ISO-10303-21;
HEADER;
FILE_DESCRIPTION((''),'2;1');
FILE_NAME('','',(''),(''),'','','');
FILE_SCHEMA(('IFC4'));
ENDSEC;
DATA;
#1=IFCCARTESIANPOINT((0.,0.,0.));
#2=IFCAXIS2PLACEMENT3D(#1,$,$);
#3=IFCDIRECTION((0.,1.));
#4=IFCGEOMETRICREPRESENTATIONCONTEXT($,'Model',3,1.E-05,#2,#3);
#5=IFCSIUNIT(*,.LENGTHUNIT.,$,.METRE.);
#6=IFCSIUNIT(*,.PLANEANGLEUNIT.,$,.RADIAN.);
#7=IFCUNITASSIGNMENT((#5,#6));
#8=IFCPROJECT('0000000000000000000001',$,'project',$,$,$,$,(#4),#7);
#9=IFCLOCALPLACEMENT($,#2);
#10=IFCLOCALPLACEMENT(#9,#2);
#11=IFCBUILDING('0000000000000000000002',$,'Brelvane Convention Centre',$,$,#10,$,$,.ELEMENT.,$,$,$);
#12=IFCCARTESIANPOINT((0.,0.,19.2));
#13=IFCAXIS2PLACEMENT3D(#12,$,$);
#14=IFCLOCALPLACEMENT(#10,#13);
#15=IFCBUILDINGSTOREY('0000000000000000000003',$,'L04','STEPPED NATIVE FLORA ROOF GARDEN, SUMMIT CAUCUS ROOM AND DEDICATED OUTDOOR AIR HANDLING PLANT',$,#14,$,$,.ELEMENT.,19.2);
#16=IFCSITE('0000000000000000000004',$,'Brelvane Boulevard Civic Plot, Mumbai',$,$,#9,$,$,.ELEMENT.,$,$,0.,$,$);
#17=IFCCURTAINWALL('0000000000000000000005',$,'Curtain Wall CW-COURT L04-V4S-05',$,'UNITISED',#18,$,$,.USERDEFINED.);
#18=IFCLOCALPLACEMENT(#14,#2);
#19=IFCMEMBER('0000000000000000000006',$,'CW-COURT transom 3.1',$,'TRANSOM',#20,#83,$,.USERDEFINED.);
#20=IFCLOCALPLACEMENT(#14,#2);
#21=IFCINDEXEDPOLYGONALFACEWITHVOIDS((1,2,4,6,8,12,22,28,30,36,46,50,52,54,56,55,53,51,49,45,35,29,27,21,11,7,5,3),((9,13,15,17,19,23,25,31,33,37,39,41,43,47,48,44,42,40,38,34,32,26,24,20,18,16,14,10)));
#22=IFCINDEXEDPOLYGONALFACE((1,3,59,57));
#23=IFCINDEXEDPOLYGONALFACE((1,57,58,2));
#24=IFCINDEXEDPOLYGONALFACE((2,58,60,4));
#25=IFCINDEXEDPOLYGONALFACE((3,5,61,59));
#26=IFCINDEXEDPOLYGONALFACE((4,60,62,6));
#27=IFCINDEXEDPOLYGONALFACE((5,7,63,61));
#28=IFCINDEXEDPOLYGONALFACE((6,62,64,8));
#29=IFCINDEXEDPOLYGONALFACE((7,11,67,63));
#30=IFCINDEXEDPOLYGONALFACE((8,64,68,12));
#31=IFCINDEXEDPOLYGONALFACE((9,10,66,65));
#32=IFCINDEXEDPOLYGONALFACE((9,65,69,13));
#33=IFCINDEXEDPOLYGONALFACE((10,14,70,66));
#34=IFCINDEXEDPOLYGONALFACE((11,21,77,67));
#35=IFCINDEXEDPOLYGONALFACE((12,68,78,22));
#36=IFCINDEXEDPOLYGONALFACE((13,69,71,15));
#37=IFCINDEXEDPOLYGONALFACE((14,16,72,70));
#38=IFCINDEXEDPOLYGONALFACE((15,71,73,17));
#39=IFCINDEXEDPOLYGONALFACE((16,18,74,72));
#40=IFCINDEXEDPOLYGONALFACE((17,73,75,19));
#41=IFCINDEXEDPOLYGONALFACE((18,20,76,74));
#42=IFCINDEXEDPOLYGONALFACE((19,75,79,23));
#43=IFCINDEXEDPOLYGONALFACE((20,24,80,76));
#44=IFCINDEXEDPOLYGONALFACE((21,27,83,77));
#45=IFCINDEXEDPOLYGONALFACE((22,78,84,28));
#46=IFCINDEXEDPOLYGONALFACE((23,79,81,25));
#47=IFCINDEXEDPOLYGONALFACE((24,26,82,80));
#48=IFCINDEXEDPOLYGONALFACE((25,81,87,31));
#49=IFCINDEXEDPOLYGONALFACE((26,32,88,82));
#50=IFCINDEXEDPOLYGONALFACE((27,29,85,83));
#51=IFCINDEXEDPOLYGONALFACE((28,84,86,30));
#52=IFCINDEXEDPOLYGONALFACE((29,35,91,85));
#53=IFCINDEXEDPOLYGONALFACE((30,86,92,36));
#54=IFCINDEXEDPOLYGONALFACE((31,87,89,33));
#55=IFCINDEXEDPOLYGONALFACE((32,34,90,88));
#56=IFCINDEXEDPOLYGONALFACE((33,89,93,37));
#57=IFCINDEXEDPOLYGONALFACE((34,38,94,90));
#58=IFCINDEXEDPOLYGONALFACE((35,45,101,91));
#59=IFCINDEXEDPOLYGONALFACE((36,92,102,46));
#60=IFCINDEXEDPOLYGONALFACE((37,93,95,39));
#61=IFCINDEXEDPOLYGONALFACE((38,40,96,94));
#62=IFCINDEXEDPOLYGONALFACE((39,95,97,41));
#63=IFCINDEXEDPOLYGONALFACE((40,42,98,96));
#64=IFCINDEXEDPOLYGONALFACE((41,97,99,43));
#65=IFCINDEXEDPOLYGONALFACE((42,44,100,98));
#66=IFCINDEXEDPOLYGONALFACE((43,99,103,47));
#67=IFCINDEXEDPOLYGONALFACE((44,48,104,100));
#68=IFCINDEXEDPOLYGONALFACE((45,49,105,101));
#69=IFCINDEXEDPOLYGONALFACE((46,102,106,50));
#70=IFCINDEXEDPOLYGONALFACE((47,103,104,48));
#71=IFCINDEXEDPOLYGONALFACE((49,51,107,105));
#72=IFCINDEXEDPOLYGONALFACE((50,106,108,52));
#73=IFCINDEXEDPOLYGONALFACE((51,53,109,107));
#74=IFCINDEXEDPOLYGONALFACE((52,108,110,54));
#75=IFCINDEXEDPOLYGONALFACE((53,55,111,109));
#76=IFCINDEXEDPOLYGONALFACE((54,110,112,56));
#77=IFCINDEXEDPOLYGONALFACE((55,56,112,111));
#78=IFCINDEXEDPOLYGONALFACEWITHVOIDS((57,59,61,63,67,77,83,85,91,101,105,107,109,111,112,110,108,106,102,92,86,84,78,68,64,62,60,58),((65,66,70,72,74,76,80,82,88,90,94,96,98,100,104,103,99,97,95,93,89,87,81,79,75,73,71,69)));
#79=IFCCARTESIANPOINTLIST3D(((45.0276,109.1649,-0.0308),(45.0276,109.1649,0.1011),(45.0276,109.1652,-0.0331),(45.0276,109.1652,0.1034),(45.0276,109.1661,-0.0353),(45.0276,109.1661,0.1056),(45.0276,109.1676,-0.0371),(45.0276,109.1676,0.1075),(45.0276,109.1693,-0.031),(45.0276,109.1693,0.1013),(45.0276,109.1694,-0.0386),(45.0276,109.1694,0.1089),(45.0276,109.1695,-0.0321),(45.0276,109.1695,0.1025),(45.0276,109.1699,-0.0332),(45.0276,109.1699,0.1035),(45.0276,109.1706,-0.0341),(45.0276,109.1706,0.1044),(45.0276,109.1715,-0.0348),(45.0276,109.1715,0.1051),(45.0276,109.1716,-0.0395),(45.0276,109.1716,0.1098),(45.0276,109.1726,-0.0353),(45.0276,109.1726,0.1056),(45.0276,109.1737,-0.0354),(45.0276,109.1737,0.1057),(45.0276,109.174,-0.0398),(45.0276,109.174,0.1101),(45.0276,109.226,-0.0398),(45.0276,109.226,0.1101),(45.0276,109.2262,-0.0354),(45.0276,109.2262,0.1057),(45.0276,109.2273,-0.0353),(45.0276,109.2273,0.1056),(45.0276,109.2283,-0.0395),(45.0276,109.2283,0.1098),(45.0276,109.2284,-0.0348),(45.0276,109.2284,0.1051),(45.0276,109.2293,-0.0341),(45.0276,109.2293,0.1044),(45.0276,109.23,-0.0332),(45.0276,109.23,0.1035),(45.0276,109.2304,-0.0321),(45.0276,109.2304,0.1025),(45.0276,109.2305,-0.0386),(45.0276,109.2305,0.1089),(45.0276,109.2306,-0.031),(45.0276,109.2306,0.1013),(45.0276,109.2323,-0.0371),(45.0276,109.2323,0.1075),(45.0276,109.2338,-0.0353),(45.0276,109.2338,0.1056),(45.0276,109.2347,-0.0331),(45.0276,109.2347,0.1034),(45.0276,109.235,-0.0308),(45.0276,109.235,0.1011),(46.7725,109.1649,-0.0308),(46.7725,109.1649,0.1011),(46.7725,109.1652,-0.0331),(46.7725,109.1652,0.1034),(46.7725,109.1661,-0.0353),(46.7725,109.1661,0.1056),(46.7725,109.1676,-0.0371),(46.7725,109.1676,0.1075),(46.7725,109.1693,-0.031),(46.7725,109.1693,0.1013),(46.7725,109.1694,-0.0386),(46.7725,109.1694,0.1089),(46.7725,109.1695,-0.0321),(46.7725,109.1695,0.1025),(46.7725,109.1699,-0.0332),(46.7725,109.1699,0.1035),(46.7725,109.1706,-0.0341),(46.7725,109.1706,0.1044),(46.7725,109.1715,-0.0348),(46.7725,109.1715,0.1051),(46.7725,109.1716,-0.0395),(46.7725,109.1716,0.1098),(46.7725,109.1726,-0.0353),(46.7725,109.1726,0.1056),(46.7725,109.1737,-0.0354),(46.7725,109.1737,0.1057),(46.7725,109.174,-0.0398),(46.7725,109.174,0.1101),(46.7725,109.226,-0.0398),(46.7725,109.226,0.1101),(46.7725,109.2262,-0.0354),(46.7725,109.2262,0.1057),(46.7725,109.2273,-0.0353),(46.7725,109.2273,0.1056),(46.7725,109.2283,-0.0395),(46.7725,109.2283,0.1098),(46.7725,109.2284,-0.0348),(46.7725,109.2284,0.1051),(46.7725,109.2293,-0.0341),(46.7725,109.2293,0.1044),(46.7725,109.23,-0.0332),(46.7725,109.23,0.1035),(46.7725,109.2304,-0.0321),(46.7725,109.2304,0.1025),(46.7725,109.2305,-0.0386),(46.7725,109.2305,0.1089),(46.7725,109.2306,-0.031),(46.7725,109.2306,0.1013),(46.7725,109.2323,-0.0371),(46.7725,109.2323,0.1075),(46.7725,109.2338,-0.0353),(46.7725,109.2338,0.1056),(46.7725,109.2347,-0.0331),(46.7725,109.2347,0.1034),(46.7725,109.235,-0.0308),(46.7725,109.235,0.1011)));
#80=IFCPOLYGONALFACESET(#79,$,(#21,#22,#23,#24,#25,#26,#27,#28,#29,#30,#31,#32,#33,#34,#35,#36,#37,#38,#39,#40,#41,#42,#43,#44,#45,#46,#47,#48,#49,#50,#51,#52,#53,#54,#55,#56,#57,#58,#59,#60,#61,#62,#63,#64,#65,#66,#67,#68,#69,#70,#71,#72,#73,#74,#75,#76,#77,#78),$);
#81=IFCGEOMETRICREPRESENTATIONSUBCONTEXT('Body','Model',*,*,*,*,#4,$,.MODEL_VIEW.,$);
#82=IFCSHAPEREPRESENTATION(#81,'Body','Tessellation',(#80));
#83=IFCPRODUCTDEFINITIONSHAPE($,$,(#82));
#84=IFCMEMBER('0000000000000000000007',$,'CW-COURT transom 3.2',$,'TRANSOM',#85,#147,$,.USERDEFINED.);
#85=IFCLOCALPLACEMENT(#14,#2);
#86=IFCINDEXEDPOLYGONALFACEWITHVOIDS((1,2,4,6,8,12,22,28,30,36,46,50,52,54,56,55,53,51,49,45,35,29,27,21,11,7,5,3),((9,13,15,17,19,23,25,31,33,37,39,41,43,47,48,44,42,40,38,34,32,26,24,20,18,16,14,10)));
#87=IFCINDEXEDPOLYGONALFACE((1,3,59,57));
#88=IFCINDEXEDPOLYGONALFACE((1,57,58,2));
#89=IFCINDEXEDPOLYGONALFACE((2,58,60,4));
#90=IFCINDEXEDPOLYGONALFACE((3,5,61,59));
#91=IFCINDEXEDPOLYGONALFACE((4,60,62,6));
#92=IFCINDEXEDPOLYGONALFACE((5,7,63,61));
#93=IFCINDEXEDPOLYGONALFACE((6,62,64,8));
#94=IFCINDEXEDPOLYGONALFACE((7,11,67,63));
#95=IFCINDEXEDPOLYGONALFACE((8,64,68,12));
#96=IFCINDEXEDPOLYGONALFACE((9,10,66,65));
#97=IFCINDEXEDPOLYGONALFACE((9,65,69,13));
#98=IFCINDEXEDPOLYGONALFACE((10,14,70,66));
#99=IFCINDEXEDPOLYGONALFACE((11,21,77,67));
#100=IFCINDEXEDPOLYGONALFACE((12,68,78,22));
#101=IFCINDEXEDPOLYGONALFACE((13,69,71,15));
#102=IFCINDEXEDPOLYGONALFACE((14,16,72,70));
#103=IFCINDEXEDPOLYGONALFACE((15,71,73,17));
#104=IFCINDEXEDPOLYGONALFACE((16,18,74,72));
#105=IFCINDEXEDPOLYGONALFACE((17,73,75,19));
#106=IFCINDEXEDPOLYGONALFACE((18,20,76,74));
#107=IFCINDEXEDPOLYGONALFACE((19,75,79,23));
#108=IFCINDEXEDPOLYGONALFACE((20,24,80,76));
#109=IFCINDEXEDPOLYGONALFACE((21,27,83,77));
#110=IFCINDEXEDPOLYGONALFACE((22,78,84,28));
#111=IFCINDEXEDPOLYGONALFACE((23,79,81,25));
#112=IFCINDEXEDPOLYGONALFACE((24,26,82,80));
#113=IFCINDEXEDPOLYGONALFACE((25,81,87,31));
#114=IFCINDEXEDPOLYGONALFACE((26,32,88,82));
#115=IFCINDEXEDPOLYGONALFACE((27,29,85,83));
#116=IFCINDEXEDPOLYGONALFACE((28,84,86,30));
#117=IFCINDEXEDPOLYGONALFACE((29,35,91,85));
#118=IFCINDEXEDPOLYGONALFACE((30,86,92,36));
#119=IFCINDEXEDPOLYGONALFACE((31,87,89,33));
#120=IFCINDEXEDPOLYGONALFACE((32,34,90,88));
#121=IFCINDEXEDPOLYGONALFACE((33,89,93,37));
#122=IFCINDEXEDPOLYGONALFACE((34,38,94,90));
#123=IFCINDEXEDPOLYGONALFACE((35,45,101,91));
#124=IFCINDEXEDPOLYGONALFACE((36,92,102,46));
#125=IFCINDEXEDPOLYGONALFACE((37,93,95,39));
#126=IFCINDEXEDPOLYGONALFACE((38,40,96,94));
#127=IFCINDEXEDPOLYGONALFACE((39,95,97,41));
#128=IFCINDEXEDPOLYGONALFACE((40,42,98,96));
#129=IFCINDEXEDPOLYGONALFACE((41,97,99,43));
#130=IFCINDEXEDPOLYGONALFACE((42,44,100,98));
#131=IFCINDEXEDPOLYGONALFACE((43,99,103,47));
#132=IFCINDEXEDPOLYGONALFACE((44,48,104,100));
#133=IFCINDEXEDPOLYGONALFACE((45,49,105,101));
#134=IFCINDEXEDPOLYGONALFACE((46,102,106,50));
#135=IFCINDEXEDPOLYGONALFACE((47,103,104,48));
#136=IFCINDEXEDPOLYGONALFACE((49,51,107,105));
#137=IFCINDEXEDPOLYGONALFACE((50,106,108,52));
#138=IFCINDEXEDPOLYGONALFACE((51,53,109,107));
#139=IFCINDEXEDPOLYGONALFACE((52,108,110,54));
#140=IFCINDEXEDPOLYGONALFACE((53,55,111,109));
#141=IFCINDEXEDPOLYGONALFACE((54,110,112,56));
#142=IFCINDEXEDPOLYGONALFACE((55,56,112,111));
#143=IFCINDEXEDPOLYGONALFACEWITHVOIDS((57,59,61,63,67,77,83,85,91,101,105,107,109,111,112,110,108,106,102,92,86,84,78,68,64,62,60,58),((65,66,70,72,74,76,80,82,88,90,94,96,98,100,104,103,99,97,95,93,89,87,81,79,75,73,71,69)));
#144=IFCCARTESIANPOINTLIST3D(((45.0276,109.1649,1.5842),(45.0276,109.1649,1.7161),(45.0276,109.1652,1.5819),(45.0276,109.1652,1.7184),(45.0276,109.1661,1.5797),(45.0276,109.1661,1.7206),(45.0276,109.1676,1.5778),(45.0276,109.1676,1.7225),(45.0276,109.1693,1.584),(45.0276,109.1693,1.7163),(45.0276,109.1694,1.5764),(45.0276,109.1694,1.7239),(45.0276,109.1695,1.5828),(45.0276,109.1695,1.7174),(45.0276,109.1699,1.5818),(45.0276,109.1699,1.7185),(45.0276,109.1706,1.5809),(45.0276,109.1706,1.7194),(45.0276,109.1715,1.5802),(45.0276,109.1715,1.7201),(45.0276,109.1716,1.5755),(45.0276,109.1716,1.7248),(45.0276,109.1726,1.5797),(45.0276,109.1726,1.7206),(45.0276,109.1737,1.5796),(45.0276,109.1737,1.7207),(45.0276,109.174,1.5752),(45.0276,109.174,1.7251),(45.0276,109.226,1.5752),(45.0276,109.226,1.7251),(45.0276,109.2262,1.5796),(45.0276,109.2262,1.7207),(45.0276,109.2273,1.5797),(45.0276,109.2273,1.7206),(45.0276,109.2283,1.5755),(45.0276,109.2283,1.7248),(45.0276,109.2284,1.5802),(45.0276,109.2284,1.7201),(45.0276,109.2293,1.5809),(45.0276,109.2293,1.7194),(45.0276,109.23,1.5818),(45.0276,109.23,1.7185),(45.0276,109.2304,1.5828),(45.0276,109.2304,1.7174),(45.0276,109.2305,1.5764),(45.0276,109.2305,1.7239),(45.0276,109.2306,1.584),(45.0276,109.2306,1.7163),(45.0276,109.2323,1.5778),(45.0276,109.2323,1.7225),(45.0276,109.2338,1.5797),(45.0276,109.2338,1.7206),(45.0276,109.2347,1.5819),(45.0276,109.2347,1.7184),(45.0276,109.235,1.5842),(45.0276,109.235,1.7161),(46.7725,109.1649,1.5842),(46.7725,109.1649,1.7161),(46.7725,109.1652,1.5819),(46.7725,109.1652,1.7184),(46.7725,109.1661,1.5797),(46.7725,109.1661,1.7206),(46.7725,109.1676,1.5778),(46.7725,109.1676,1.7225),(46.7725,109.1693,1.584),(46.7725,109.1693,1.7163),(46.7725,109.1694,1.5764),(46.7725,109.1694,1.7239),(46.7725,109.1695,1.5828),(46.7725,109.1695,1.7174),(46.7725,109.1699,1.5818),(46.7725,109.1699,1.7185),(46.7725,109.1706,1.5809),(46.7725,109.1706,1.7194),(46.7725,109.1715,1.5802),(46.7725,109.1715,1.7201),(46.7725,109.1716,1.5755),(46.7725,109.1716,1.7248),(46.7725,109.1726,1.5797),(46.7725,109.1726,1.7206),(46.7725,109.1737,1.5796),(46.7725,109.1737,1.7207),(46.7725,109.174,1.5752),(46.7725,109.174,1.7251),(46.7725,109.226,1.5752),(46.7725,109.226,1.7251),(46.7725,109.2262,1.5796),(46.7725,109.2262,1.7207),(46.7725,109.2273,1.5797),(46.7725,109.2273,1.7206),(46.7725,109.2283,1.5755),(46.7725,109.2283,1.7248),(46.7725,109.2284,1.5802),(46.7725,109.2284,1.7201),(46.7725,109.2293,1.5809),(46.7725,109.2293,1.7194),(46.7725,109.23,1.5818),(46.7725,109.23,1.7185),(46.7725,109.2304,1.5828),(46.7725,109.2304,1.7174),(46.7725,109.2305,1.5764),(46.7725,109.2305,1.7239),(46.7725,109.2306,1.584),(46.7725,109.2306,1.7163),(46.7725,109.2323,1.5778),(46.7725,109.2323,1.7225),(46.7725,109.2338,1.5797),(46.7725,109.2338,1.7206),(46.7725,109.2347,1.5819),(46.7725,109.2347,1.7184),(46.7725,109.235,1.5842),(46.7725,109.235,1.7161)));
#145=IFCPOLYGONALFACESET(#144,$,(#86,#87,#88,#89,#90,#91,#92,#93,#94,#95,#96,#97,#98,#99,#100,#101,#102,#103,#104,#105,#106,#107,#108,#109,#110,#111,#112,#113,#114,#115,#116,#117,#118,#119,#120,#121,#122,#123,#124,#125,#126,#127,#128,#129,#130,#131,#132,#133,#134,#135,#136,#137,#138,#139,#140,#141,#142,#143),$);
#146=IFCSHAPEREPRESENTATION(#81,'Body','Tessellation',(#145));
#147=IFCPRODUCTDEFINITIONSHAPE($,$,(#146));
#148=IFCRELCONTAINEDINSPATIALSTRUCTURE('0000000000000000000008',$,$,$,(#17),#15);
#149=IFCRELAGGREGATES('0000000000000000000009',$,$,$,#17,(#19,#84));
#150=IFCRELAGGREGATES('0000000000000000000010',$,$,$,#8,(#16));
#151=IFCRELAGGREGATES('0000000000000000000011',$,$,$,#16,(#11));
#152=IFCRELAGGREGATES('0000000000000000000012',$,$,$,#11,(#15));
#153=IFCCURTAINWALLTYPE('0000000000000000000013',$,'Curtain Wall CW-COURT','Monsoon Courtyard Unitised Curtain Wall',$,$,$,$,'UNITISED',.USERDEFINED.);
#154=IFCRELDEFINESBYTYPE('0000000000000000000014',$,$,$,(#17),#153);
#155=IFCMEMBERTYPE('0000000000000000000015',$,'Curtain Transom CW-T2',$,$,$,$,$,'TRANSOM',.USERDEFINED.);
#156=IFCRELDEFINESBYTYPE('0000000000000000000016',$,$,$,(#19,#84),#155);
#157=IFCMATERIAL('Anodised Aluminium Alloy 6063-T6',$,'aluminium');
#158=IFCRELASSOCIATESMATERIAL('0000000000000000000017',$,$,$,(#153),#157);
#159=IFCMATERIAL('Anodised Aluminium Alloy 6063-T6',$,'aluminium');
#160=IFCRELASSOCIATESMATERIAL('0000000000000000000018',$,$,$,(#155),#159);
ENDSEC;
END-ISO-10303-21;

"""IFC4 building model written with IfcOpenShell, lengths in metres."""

from ifc_helpers import new_model, si_unit, direction, frame, origin, origin_2d, place, context, subcontext, project, spatial, hollow_rectangle, extrude, material, material_profile, profile_set, type_object, element, aggregate, save


model = new_model("IFC4")

# Units and contexts
model_context = context("Model", 3, precision=1e-05, world=origin(), true_north=direction((0.0, 1.0)))
body_context = subcontext(model_context, "Body", "Model", "MODEL_VIEW")
ifc_project = project(units=[si_unit("LENGTHUNIT", "METRE"), si_unit("PLANEANGLEUNIT", "RADIAN")], contexts=[model_context])

# Site, building, storey
site_placement = place(None, origin())
site = spatial("IfcSite", under=ifc_project, at=site_placement, Name="Brelvane Boulevard Civic Plot, Mumbai", CompositionType="ELEMENT", RefElevation=0.0)
building_placement = place(site_placement, origin())
building = spatial("IfcBuilding", under=site, at=building_placement, Name="Brelvane Convention Centre", CompositionType="ELEMENT")
storey_placement = place(building_placement, frame((0.0, 0.0, 19.2)))
storey = spatial("IfcBuildingStorey", under=building, at=storey_placement, Name="L04", Description="STEPPED NATIVE FLORA ROOF GARDEN, SUMMIT CAUCUS ROOM AND DEDICATED OUTDOOR AIR HANDLING PLANT", CompositionType="ELEMENT", Elevation=19.2)

# Curtain wall, members
ifc_material_1 = material(Name="Anodised Aluminium Alloy 6063-T6", Category="aluminium")
curtain_wall_type = type_object("IfcCurtainWallType", Name="Curtain Wall CW-COURT", Description="Monsoon Courtyard Unitised Curtain Wall", ElementType="UNITISED", PredefinedType="USERDEFINED", material=ifc_material_1)
curtain_wall_placement = place(storey_placement, origin())
curtain_wall = element("IfcCurtainWall", 1, at=curtain_wall_placement, inside=storey, type_object=curtain_wall_type, Name="Curtain Wall CW-COURT L04-V4S-05", ObjectType="UNITISED", PredefinedType="USERDEFINED")
ifc_material_2 = material(Name="Anodised Aluminium Alloy 6063-T6", Category="aluminium")
ifc_material_profile_1 = material_profile(ifc_material_2, hollow_rectangle(XDim=0.0701, YDim=0.1499, WallThickness=0.0044, InnerFilletRadius=0.0044, OuterFilletRadius=0.009, at=origin_2d()), Name="ALU-T 150x70x4.5")
ifc_profile_set_1 = profile_set([ifc_material_profile_1], Name="Anodised Aluminium Alloy 6063-T6")
member_type_1 = type_object("IfcMemberType", Name="Curtain Transom CW-T2", ElementType="TRANSOM", PredefinedType="USERDEFINED", material=ifc_profile_set_1)
member_1_placement = place(storey_placement, frame((45.0276, 109.2, 0.0352), z_axis=(1.0, 0.0, 0.0), x_axis=(0.0, 1.0, 0.0)))
member_1 = element("IfcMember", 2, at=member_1_placement, type_object=member_type_1, Name="CW-COURT transom 3.1", ObjectType="TRANSOM", PredefinedType="USERDEFINED", context=body_context, shape_type="SweptSolid", body=[
    extrude(hollow_rectangle(XDim=0.0701, YDim=0.1499, WallThickness=0.0044, InnerFilletRadius=0.0044, OuterFilletRadius=0.009, at=origin_2d()), origin(), (0.0, 0.0, 1.0), 1.7449),
])
member_2_placement = place(storey_placement, frame((45.0276, 109.2, 1.6501), z_axis=(1.0, 0.0, 0.0), x_axis=(0.0, 1.0, 0.0)))
member_2 = element("IfcMember", 3, at=member_2_placement, type_object=member_type_1, Name="CW-COURT transom 3.2", ObjectType="TRANSOM", PredefinedType="USERDEFINED", context=body_context, shape_type="SweptSolid", body=[
    extrude(hollow_rectangle(XDim=0.0701, YDim=0.1499, WallThickness=0.0044, InnerFilletRadius=0.0044, OuterFilletRadius=0.009, at=origin_2d()), origin(), (0.0, 0.0, 1.0), 1.7449),
])

aggregate(curtain_wall, [member_1, member_2])

save(model, "model.ifc")
